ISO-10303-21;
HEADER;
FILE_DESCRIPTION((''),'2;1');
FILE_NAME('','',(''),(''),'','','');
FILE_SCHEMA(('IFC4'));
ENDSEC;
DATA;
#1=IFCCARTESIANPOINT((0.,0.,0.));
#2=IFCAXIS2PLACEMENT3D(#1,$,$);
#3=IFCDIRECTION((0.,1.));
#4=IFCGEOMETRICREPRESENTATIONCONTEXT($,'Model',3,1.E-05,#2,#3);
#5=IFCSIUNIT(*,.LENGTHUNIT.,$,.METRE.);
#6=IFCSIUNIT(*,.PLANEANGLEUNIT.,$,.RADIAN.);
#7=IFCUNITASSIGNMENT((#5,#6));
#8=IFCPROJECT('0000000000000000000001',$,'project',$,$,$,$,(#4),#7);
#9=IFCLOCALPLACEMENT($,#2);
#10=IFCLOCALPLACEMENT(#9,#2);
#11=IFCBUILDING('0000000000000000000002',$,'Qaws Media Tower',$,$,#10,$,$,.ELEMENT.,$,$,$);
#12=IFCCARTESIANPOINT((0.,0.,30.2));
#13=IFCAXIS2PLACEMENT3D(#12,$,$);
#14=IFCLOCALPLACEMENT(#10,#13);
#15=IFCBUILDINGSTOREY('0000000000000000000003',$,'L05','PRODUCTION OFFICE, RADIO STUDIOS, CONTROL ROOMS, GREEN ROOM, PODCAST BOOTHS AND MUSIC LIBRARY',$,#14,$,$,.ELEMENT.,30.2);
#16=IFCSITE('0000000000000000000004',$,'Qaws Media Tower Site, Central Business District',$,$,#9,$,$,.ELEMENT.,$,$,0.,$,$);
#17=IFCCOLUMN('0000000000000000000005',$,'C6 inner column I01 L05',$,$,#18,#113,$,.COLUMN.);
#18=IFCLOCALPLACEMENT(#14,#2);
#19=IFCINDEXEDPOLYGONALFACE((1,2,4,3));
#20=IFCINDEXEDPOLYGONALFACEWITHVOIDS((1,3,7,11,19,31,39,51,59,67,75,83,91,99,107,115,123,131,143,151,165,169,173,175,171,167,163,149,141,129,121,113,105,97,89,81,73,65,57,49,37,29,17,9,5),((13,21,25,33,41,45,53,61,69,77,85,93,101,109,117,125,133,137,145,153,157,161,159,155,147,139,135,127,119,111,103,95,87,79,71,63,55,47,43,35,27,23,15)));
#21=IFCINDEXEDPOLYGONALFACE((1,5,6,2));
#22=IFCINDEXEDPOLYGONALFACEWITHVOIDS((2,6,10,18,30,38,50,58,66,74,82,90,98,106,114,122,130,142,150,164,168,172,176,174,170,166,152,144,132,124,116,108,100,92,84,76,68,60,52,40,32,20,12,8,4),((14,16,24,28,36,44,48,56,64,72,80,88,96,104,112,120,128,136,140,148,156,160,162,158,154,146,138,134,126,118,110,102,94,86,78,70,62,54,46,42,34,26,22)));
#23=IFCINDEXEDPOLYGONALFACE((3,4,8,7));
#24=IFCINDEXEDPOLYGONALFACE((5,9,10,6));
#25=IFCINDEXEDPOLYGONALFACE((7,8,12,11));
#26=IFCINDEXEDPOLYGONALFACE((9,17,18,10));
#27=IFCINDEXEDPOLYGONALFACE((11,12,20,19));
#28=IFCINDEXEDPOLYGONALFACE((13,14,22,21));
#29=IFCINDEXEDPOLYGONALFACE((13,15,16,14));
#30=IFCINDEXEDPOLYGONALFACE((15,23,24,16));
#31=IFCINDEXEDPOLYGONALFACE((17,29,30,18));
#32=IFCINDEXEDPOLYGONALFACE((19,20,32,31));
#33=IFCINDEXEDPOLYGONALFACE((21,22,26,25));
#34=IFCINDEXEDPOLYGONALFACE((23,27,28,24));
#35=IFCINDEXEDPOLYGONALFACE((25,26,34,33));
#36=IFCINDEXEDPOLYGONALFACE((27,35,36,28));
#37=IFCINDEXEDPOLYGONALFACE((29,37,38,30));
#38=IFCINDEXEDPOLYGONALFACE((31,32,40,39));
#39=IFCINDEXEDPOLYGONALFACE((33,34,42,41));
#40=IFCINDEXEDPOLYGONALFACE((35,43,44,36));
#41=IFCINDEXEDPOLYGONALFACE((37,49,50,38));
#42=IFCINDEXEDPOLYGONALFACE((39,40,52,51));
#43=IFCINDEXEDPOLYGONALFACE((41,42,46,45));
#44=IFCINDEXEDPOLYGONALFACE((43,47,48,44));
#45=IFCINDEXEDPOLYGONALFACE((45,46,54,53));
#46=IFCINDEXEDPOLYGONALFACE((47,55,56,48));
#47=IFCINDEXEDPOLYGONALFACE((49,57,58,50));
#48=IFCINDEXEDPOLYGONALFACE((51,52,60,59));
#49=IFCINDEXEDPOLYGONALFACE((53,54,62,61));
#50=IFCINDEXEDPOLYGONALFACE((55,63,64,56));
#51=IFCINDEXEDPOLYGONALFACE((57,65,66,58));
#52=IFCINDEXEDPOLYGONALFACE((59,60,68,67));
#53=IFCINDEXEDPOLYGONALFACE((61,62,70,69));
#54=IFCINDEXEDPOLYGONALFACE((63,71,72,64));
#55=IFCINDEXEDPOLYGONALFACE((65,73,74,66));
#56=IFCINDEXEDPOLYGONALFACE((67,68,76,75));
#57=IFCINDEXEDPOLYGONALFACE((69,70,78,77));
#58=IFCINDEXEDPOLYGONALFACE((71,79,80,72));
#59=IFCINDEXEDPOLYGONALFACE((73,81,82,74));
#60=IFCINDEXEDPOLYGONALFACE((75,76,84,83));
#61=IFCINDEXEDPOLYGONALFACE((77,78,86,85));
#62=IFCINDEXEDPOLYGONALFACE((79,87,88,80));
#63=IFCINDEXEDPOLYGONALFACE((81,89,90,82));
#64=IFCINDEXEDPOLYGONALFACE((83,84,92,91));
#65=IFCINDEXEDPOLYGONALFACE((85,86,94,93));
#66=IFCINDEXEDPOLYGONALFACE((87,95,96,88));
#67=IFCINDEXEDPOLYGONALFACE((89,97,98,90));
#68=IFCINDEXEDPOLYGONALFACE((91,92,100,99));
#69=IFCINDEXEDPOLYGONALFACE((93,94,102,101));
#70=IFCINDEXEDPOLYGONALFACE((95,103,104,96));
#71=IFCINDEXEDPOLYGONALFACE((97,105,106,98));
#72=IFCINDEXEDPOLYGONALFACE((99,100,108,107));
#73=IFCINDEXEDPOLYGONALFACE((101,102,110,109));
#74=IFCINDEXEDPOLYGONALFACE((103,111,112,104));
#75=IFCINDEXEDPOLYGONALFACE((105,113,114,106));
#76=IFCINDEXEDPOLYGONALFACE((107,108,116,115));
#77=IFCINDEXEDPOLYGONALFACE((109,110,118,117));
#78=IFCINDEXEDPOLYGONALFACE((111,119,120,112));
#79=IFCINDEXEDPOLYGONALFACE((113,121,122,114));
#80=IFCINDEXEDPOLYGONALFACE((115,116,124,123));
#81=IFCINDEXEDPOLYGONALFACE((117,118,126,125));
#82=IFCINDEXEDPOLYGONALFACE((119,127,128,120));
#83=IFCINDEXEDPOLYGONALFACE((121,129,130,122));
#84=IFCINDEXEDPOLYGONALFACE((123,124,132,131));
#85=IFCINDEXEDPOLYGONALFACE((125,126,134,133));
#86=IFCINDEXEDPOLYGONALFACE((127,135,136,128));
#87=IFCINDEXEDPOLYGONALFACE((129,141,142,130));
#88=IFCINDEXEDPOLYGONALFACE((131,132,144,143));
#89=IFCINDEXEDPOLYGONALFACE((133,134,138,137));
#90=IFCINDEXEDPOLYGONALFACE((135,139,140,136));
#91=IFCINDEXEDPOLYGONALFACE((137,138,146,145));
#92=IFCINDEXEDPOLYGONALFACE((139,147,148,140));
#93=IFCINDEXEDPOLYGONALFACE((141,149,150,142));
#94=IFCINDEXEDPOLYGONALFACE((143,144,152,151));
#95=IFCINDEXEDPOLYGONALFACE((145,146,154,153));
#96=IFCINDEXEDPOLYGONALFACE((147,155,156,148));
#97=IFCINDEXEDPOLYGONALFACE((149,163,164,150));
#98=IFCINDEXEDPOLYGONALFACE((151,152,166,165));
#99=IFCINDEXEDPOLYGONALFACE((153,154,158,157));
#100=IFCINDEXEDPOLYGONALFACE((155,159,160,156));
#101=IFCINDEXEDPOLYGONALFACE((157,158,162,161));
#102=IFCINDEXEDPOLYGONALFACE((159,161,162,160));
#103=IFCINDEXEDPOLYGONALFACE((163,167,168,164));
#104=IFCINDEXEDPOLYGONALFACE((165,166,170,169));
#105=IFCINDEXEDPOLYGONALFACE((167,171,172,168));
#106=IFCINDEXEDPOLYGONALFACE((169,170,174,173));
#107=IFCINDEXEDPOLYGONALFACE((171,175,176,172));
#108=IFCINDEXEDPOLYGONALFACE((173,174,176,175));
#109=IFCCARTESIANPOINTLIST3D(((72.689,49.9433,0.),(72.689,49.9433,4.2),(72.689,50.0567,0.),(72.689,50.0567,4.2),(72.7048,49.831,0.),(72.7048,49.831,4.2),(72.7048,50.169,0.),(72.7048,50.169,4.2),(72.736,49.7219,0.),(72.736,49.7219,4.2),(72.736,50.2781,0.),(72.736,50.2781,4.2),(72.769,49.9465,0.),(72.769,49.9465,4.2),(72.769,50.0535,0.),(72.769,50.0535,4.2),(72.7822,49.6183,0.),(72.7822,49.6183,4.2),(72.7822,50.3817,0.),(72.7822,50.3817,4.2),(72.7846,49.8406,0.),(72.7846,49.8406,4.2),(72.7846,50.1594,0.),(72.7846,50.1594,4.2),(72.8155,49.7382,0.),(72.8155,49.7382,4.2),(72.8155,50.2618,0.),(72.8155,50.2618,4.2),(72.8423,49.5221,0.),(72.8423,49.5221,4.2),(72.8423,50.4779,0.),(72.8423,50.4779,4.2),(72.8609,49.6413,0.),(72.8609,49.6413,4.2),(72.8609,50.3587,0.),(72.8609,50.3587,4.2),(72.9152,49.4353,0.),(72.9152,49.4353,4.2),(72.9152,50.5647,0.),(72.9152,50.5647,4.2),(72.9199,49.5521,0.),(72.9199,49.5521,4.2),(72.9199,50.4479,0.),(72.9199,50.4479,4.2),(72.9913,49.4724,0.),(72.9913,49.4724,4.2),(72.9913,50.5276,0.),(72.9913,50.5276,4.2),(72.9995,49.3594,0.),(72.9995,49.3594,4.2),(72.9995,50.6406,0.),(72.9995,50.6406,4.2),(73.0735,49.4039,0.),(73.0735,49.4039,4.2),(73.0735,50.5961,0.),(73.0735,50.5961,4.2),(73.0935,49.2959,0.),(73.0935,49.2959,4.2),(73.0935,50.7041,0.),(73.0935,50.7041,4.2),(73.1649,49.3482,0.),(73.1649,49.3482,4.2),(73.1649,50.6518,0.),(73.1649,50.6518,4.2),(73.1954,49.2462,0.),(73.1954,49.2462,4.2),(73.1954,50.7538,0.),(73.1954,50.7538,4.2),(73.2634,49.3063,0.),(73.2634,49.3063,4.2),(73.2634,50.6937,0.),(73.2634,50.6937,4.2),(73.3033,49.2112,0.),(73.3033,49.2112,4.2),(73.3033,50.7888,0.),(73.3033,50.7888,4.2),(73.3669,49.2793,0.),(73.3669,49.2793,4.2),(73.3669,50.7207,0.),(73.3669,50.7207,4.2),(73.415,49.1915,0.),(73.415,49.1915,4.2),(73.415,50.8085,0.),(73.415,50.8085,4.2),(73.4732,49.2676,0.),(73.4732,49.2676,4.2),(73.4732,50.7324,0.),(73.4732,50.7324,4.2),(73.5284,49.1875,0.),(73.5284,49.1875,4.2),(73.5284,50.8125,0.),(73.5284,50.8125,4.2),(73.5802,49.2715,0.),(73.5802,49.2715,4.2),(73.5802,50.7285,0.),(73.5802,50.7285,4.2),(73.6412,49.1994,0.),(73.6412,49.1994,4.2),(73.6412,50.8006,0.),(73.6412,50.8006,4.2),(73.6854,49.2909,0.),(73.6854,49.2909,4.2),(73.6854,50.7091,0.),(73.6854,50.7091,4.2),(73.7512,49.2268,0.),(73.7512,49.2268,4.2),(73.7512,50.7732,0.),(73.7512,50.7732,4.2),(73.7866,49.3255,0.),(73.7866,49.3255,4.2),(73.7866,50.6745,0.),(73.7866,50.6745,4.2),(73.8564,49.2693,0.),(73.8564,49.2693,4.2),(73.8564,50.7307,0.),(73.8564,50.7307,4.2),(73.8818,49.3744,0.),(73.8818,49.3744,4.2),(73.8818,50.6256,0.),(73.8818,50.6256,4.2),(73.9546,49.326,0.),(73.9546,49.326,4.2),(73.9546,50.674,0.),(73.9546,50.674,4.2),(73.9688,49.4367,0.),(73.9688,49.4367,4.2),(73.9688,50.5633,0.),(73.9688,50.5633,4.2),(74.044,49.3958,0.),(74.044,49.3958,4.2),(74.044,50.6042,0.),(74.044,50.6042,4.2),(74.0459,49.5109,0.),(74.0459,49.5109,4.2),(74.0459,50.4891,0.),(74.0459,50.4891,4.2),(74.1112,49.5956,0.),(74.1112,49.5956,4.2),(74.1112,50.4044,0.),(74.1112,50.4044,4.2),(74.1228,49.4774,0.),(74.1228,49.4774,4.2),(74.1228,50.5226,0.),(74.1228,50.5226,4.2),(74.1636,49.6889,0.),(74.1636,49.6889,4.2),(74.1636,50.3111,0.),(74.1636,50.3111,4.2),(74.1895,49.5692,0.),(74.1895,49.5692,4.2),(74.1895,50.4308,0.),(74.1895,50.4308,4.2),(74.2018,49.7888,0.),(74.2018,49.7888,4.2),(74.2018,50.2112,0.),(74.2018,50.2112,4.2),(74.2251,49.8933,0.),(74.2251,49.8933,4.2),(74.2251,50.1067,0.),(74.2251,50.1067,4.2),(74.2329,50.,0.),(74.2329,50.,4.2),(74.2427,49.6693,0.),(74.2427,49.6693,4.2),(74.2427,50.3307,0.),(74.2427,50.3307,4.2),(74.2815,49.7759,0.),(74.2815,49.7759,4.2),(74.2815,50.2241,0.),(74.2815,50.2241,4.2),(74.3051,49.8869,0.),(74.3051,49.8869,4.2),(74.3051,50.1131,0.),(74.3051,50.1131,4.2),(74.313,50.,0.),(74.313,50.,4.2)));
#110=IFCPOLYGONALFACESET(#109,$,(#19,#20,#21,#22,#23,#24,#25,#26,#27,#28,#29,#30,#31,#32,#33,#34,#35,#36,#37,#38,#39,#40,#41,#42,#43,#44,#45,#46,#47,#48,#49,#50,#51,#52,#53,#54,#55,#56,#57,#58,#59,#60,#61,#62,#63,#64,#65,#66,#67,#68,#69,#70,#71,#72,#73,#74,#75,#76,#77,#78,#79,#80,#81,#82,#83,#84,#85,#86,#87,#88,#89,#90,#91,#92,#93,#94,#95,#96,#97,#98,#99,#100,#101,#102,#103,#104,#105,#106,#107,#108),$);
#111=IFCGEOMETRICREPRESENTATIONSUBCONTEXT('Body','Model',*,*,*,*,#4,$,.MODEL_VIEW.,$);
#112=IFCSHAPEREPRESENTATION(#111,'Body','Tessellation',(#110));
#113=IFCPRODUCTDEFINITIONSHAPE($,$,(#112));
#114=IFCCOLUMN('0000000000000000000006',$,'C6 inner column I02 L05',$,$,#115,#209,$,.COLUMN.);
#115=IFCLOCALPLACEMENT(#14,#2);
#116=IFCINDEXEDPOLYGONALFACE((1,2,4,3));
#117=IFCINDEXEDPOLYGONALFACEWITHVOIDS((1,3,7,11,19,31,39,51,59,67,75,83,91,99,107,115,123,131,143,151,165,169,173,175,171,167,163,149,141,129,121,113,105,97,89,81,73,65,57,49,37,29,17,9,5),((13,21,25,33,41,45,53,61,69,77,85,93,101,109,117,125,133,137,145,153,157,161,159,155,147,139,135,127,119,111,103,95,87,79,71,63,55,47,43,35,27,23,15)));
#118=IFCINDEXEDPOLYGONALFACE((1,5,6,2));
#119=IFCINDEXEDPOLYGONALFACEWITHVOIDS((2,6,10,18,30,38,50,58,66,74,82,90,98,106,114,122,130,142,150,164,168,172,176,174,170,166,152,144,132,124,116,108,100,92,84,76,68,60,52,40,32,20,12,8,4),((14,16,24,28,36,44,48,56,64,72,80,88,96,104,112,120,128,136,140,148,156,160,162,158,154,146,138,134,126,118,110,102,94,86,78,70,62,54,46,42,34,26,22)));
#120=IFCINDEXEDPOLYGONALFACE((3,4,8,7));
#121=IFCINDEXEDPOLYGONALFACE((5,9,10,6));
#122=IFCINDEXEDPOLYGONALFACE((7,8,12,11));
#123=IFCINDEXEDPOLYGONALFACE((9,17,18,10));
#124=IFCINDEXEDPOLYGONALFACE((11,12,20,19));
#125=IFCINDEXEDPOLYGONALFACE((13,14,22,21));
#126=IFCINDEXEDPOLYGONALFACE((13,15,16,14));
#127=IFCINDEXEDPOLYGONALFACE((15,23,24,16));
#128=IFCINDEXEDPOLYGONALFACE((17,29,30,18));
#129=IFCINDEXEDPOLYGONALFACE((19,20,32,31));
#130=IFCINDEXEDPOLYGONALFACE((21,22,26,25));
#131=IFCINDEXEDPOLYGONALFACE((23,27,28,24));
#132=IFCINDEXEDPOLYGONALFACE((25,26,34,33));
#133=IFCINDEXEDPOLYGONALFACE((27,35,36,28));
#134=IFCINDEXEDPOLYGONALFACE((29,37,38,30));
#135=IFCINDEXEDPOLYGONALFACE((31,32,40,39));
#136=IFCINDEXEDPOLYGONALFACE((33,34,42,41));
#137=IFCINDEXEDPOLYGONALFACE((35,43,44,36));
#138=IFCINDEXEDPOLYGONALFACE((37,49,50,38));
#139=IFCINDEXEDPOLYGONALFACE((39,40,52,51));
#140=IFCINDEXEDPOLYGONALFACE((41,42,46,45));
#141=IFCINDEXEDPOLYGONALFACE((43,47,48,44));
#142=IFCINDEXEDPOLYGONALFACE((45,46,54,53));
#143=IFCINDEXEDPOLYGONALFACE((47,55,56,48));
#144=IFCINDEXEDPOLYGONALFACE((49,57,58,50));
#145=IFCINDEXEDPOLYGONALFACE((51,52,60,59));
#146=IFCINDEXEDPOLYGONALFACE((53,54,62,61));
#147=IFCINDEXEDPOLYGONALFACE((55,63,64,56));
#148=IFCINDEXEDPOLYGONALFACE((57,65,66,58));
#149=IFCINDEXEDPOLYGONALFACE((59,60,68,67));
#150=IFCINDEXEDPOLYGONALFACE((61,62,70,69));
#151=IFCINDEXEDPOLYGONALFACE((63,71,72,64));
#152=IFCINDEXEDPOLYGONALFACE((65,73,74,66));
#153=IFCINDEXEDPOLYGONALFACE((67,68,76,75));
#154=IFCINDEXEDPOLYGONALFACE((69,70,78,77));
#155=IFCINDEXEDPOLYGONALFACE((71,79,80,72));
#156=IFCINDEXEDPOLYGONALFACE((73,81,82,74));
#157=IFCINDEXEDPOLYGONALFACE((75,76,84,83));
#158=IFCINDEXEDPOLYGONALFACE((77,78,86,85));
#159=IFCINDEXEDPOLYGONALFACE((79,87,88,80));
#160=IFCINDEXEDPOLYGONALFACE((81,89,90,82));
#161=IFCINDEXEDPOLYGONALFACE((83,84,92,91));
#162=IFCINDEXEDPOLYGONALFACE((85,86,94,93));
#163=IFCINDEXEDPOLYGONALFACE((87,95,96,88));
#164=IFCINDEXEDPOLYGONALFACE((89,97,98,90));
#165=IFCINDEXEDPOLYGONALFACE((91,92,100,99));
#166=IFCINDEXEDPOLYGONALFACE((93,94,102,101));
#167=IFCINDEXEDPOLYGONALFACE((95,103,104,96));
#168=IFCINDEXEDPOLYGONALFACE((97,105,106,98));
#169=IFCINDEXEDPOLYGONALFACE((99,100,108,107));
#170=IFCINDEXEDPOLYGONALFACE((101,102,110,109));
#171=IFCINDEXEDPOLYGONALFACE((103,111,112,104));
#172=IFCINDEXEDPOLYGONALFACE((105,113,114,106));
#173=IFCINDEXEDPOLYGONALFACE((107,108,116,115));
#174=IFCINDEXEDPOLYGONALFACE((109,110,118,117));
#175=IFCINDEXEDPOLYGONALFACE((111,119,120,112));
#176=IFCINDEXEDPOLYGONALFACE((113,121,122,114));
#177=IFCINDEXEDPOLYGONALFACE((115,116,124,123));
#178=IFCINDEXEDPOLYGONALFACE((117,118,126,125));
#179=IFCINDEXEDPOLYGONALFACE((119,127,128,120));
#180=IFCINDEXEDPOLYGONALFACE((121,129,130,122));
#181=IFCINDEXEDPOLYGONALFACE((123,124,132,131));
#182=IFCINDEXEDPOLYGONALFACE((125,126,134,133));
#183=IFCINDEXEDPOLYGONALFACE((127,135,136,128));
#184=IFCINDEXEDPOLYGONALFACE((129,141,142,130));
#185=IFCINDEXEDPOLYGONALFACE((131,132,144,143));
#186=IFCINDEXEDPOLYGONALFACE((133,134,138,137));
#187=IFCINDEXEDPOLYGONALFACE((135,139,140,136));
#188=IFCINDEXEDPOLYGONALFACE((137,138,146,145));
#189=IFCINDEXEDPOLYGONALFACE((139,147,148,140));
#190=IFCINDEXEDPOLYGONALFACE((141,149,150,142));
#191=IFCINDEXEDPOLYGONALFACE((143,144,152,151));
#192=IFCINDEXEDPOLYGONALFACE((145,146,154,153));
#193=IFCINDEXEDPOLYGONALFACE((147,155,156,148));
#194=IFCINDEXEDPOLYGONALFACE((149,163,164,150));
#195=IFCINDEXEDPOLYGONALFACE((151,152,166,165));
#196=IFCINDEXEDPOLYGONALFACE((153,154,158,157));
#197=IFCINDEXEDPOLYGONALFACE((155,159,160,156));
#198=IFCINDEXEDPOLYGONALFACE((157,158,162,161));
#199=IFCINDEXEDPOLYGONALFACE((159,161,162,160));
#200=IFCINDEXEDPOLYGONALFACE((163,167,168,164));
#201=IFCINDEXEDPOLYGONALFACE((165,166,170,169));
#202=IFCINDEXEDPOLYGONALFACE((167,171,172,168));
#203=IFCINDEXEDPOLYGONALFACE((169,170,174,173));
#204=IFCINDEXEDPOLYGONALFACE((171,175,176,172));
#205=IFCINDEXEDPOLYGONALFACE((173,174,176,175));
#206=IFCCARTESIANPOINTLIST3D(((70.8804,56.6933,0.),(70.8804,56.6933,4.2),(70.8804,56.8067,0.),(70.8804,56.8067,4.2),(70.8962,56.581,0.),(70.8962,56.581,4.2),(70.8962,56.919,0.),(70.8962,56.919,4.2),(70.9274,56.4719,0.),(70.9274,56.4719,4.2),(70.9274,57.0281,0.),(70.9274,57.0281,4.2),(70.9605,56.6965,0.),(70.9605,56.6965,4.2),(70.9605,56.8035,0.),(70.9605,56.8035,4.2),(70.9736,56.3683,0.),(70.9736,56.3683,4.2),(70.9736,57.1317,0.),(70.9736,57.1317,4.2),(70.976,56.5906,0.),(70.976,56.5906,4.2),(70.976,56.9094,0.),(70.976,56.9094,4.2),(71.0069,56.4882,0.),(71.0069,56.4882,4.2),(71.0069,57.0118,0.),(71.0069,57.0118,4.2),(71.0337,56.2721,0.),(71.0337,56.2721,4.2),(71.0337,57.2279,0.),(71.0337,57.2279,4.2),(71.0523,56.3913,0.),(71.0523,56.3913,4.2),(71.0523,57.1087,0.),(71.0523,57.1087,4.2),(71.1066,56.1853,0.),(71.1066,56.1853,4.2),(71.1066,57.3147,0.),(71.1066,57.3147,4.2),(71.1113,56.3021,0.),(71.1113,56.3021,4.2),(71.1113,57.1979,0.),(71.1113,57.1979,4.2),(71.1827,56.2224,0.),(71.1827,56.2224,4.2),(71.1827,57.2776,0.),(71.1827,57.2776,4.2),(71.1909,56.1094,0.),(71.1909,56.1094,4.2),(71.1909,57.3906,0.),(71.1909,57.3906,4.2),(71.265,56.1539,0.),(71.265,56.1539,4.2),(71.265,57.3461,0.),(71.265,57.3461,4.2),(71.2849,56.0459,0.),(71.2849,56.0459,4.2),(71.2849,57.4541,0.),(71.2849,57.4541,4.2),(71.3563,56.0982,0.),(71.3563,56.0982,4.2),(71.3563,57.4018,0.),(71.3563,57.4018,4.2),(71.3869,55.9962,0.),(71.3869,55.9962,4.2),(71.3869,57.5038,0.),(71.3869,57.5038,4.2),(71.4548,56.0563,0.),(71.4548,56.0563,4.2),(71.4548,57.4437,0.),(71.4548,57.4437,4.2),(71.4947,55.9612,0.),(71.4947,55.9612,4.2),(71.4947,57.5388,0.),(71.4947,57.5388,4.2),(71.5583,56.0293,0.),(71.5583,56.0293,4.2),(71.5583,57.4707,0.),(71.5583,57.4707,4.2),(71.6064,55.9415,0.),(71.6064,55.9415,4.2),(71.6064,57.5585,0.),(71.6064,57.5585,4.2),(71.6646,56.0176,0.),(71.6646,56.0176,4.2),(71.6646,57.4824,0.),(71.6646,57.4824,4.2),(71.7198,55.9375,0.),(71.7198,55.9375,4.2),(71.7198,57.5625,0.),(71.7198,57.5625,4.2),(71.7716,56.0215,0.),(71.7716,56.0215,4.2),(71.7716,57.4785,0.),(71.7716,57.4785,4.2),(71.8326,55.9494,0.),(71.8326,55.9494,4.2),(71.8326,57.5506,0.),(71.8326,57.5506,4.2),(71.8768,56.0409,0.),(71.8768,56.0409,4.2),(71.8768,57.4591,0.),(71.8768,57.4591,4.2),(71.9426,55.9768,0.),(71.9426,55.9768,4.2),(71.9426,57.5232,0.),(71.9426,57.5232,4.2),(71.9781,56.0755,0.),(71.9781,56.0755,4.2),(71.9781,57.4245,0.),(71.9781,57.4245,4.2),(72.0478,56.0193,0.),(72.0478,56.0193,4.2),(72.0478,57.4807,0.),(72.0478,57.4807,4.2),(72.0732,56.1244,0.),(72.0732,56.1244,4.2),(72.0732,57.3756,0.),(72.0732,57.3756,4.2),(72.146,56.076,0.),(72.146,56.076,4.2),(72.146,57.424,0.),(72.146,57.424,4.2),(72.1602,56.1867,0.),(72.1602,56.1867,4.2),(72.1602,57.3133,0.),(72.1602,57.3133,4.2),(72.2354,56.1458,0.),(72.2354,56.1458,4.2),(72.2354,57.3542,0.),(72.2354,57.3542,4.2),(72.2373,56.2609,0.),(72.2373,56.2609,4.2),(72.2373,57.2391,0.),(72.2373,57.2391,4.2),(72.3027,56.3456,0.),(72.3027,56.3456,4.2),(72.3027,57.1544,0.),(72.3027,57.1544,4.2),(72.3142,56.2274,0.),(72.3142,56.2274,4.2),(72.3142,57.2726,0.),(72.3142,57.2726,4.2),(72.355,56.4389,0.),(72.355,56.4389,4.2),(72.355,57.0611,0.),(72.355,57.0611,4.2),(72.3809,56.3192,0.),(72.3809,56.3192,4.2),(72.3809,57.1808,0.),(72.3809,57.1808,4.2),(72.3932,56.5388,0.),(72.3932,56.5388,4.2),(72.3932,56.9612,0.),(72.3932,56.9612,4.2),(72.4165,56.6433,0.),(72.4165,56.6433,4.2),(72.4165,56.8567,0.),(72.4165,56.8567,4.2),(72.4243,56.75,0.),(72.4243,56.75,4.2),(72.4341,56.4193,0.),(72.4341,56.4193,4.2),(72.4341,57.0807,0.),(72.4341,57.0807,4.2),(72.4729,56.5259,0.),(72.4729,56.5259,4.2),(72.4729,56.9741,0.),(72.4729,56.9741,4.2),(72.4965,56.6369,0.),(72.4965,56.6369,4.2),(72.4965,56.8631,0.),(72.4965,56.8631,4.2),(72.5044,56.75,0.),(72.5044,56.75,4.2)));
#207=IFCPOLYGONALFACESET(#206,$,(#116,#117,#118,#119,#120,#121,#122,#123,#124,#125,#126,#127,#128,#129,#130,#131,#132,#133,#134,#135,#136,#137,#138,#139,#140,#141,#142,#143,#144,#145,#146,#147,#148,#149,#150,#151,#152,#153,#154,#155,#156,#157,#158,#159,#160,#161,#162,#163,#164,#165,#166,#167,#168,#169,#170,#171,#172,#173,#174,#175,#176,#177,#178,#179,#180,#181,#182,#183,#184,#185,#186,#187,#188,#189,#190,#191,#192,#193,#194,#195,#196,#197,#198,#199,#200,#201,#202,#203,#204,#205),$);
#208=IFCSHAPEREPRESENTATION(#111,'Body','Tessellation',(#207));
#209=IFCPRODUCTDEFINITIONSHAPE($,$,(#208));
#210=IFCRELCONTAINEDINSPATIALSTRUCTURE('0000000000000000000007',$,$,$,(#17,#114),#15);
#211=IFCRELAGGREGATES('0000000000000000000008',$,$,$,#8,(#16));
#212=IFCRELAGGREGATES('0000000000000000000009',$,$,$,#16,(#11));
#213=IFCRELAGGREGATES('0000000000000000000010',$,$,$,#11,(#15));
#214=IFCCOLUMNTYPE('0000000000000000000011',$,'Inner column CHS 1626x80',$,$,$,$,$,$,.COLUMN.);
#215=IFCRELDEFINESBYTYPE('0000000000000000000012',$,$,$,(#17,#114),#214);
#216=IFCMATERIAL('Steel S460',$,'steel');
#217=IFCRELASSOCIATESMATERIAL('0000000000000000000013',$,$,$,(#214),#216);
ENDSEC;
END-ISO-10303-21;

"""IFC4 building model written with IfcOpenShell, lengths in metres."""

from ifc_helpers import new_model, si_unit, direction, frame, origin, origin_2d, place, context, subcontext, project, spatial, hollow_circle, extrude, material, material_profile, profile_set, type_object, element, save


model = new_model("IFC4")

# Units and contexts
model_context = context("Model", 3, precision=1e-05, world=origin(), true_north=direction((0.0, 1.0)))
body_context = subcontext(model_context, "Body", "Model", "MODEL_VIEW")
ifc_project = project(units=[si_unit("LENGTHUNIT", "METRE"), si_unit("PLANEANGLEUNIT", "RADIAN")], contexts=[model_context])

# Site, building, storey
site_placement = place(None, origin())
site = spatial("IfcSite", under=ifc_project, at=site_placement, Name="Qaws Media Tower Site, Central Business District", CompositionType="ELEMENT", RefElevation=0.0)
building_placement = place(site_placement, origin())
building = spatial("IfcBuilding", under=site, at=building_placement, Name="Qaws Media Tower", CompositionType="ELEMENT")
storey_placement = place(building_placement, frame((0.0, 0.0, 30.2)))
storey = spatial("IfcBuildingStorey", under=building, at=storey_placement, Name="L05", Description="PRODUCTION OFFICE, RADIO STUDIOS, CONTROL ROOMS, GREEN ROOM, PODCAST BOOTHS AND MUSIC LIBRARY", CompositionType="ELEMENT", Elevation=30.2)

# Columns
ifc_material_1 = material(Name="Steel S460", Category="steel")
ifc_material_profile_1 = material_profile(ifc_material_1, hollow_circle(Radius=0.813, WallThickness=0.0801, at=origin_2d()), Name="CHS 1626x80")
ifc_profile_set_1 = profile_set([ifc_material_profile_1], Name="Steel S460")
column_type = type_object("IfcColumnType", Name="Inner column CHS 1626x80", PredefinedType="COLUMN", material=ifc_profile_set_1)
for number, where, z_axis, x_axis, name in (
    (1, (73.5, 50.0, 0.0), (0.0, 0.0, 1.0), (1.0, 0.0, 0.0), "C6 inner column I01 L05"),
    (2, (71.6914, 56.75, 0.0), (0.0, 0.0, 1.0), (1.0, 0.0, 0.0), "C6 inner column I02 L05"),
):
    element("IfcColumn", number, at=place(storey_placement, frame(where, z_axis=z_axis, x_axis=x_axis)), inside=storey, type_object=column_type, Name=name, PredefinedType="COLUMN", context=body_context, shape_type="SweptSolid", body=[
        extrude(hollow_circle(Radius=0.813, WallThickness=0.0801, at=origin_2d()), origin(), (0.0, 0.0, 1.0), 4.2),
    ])

save(model, "model.ifc")
